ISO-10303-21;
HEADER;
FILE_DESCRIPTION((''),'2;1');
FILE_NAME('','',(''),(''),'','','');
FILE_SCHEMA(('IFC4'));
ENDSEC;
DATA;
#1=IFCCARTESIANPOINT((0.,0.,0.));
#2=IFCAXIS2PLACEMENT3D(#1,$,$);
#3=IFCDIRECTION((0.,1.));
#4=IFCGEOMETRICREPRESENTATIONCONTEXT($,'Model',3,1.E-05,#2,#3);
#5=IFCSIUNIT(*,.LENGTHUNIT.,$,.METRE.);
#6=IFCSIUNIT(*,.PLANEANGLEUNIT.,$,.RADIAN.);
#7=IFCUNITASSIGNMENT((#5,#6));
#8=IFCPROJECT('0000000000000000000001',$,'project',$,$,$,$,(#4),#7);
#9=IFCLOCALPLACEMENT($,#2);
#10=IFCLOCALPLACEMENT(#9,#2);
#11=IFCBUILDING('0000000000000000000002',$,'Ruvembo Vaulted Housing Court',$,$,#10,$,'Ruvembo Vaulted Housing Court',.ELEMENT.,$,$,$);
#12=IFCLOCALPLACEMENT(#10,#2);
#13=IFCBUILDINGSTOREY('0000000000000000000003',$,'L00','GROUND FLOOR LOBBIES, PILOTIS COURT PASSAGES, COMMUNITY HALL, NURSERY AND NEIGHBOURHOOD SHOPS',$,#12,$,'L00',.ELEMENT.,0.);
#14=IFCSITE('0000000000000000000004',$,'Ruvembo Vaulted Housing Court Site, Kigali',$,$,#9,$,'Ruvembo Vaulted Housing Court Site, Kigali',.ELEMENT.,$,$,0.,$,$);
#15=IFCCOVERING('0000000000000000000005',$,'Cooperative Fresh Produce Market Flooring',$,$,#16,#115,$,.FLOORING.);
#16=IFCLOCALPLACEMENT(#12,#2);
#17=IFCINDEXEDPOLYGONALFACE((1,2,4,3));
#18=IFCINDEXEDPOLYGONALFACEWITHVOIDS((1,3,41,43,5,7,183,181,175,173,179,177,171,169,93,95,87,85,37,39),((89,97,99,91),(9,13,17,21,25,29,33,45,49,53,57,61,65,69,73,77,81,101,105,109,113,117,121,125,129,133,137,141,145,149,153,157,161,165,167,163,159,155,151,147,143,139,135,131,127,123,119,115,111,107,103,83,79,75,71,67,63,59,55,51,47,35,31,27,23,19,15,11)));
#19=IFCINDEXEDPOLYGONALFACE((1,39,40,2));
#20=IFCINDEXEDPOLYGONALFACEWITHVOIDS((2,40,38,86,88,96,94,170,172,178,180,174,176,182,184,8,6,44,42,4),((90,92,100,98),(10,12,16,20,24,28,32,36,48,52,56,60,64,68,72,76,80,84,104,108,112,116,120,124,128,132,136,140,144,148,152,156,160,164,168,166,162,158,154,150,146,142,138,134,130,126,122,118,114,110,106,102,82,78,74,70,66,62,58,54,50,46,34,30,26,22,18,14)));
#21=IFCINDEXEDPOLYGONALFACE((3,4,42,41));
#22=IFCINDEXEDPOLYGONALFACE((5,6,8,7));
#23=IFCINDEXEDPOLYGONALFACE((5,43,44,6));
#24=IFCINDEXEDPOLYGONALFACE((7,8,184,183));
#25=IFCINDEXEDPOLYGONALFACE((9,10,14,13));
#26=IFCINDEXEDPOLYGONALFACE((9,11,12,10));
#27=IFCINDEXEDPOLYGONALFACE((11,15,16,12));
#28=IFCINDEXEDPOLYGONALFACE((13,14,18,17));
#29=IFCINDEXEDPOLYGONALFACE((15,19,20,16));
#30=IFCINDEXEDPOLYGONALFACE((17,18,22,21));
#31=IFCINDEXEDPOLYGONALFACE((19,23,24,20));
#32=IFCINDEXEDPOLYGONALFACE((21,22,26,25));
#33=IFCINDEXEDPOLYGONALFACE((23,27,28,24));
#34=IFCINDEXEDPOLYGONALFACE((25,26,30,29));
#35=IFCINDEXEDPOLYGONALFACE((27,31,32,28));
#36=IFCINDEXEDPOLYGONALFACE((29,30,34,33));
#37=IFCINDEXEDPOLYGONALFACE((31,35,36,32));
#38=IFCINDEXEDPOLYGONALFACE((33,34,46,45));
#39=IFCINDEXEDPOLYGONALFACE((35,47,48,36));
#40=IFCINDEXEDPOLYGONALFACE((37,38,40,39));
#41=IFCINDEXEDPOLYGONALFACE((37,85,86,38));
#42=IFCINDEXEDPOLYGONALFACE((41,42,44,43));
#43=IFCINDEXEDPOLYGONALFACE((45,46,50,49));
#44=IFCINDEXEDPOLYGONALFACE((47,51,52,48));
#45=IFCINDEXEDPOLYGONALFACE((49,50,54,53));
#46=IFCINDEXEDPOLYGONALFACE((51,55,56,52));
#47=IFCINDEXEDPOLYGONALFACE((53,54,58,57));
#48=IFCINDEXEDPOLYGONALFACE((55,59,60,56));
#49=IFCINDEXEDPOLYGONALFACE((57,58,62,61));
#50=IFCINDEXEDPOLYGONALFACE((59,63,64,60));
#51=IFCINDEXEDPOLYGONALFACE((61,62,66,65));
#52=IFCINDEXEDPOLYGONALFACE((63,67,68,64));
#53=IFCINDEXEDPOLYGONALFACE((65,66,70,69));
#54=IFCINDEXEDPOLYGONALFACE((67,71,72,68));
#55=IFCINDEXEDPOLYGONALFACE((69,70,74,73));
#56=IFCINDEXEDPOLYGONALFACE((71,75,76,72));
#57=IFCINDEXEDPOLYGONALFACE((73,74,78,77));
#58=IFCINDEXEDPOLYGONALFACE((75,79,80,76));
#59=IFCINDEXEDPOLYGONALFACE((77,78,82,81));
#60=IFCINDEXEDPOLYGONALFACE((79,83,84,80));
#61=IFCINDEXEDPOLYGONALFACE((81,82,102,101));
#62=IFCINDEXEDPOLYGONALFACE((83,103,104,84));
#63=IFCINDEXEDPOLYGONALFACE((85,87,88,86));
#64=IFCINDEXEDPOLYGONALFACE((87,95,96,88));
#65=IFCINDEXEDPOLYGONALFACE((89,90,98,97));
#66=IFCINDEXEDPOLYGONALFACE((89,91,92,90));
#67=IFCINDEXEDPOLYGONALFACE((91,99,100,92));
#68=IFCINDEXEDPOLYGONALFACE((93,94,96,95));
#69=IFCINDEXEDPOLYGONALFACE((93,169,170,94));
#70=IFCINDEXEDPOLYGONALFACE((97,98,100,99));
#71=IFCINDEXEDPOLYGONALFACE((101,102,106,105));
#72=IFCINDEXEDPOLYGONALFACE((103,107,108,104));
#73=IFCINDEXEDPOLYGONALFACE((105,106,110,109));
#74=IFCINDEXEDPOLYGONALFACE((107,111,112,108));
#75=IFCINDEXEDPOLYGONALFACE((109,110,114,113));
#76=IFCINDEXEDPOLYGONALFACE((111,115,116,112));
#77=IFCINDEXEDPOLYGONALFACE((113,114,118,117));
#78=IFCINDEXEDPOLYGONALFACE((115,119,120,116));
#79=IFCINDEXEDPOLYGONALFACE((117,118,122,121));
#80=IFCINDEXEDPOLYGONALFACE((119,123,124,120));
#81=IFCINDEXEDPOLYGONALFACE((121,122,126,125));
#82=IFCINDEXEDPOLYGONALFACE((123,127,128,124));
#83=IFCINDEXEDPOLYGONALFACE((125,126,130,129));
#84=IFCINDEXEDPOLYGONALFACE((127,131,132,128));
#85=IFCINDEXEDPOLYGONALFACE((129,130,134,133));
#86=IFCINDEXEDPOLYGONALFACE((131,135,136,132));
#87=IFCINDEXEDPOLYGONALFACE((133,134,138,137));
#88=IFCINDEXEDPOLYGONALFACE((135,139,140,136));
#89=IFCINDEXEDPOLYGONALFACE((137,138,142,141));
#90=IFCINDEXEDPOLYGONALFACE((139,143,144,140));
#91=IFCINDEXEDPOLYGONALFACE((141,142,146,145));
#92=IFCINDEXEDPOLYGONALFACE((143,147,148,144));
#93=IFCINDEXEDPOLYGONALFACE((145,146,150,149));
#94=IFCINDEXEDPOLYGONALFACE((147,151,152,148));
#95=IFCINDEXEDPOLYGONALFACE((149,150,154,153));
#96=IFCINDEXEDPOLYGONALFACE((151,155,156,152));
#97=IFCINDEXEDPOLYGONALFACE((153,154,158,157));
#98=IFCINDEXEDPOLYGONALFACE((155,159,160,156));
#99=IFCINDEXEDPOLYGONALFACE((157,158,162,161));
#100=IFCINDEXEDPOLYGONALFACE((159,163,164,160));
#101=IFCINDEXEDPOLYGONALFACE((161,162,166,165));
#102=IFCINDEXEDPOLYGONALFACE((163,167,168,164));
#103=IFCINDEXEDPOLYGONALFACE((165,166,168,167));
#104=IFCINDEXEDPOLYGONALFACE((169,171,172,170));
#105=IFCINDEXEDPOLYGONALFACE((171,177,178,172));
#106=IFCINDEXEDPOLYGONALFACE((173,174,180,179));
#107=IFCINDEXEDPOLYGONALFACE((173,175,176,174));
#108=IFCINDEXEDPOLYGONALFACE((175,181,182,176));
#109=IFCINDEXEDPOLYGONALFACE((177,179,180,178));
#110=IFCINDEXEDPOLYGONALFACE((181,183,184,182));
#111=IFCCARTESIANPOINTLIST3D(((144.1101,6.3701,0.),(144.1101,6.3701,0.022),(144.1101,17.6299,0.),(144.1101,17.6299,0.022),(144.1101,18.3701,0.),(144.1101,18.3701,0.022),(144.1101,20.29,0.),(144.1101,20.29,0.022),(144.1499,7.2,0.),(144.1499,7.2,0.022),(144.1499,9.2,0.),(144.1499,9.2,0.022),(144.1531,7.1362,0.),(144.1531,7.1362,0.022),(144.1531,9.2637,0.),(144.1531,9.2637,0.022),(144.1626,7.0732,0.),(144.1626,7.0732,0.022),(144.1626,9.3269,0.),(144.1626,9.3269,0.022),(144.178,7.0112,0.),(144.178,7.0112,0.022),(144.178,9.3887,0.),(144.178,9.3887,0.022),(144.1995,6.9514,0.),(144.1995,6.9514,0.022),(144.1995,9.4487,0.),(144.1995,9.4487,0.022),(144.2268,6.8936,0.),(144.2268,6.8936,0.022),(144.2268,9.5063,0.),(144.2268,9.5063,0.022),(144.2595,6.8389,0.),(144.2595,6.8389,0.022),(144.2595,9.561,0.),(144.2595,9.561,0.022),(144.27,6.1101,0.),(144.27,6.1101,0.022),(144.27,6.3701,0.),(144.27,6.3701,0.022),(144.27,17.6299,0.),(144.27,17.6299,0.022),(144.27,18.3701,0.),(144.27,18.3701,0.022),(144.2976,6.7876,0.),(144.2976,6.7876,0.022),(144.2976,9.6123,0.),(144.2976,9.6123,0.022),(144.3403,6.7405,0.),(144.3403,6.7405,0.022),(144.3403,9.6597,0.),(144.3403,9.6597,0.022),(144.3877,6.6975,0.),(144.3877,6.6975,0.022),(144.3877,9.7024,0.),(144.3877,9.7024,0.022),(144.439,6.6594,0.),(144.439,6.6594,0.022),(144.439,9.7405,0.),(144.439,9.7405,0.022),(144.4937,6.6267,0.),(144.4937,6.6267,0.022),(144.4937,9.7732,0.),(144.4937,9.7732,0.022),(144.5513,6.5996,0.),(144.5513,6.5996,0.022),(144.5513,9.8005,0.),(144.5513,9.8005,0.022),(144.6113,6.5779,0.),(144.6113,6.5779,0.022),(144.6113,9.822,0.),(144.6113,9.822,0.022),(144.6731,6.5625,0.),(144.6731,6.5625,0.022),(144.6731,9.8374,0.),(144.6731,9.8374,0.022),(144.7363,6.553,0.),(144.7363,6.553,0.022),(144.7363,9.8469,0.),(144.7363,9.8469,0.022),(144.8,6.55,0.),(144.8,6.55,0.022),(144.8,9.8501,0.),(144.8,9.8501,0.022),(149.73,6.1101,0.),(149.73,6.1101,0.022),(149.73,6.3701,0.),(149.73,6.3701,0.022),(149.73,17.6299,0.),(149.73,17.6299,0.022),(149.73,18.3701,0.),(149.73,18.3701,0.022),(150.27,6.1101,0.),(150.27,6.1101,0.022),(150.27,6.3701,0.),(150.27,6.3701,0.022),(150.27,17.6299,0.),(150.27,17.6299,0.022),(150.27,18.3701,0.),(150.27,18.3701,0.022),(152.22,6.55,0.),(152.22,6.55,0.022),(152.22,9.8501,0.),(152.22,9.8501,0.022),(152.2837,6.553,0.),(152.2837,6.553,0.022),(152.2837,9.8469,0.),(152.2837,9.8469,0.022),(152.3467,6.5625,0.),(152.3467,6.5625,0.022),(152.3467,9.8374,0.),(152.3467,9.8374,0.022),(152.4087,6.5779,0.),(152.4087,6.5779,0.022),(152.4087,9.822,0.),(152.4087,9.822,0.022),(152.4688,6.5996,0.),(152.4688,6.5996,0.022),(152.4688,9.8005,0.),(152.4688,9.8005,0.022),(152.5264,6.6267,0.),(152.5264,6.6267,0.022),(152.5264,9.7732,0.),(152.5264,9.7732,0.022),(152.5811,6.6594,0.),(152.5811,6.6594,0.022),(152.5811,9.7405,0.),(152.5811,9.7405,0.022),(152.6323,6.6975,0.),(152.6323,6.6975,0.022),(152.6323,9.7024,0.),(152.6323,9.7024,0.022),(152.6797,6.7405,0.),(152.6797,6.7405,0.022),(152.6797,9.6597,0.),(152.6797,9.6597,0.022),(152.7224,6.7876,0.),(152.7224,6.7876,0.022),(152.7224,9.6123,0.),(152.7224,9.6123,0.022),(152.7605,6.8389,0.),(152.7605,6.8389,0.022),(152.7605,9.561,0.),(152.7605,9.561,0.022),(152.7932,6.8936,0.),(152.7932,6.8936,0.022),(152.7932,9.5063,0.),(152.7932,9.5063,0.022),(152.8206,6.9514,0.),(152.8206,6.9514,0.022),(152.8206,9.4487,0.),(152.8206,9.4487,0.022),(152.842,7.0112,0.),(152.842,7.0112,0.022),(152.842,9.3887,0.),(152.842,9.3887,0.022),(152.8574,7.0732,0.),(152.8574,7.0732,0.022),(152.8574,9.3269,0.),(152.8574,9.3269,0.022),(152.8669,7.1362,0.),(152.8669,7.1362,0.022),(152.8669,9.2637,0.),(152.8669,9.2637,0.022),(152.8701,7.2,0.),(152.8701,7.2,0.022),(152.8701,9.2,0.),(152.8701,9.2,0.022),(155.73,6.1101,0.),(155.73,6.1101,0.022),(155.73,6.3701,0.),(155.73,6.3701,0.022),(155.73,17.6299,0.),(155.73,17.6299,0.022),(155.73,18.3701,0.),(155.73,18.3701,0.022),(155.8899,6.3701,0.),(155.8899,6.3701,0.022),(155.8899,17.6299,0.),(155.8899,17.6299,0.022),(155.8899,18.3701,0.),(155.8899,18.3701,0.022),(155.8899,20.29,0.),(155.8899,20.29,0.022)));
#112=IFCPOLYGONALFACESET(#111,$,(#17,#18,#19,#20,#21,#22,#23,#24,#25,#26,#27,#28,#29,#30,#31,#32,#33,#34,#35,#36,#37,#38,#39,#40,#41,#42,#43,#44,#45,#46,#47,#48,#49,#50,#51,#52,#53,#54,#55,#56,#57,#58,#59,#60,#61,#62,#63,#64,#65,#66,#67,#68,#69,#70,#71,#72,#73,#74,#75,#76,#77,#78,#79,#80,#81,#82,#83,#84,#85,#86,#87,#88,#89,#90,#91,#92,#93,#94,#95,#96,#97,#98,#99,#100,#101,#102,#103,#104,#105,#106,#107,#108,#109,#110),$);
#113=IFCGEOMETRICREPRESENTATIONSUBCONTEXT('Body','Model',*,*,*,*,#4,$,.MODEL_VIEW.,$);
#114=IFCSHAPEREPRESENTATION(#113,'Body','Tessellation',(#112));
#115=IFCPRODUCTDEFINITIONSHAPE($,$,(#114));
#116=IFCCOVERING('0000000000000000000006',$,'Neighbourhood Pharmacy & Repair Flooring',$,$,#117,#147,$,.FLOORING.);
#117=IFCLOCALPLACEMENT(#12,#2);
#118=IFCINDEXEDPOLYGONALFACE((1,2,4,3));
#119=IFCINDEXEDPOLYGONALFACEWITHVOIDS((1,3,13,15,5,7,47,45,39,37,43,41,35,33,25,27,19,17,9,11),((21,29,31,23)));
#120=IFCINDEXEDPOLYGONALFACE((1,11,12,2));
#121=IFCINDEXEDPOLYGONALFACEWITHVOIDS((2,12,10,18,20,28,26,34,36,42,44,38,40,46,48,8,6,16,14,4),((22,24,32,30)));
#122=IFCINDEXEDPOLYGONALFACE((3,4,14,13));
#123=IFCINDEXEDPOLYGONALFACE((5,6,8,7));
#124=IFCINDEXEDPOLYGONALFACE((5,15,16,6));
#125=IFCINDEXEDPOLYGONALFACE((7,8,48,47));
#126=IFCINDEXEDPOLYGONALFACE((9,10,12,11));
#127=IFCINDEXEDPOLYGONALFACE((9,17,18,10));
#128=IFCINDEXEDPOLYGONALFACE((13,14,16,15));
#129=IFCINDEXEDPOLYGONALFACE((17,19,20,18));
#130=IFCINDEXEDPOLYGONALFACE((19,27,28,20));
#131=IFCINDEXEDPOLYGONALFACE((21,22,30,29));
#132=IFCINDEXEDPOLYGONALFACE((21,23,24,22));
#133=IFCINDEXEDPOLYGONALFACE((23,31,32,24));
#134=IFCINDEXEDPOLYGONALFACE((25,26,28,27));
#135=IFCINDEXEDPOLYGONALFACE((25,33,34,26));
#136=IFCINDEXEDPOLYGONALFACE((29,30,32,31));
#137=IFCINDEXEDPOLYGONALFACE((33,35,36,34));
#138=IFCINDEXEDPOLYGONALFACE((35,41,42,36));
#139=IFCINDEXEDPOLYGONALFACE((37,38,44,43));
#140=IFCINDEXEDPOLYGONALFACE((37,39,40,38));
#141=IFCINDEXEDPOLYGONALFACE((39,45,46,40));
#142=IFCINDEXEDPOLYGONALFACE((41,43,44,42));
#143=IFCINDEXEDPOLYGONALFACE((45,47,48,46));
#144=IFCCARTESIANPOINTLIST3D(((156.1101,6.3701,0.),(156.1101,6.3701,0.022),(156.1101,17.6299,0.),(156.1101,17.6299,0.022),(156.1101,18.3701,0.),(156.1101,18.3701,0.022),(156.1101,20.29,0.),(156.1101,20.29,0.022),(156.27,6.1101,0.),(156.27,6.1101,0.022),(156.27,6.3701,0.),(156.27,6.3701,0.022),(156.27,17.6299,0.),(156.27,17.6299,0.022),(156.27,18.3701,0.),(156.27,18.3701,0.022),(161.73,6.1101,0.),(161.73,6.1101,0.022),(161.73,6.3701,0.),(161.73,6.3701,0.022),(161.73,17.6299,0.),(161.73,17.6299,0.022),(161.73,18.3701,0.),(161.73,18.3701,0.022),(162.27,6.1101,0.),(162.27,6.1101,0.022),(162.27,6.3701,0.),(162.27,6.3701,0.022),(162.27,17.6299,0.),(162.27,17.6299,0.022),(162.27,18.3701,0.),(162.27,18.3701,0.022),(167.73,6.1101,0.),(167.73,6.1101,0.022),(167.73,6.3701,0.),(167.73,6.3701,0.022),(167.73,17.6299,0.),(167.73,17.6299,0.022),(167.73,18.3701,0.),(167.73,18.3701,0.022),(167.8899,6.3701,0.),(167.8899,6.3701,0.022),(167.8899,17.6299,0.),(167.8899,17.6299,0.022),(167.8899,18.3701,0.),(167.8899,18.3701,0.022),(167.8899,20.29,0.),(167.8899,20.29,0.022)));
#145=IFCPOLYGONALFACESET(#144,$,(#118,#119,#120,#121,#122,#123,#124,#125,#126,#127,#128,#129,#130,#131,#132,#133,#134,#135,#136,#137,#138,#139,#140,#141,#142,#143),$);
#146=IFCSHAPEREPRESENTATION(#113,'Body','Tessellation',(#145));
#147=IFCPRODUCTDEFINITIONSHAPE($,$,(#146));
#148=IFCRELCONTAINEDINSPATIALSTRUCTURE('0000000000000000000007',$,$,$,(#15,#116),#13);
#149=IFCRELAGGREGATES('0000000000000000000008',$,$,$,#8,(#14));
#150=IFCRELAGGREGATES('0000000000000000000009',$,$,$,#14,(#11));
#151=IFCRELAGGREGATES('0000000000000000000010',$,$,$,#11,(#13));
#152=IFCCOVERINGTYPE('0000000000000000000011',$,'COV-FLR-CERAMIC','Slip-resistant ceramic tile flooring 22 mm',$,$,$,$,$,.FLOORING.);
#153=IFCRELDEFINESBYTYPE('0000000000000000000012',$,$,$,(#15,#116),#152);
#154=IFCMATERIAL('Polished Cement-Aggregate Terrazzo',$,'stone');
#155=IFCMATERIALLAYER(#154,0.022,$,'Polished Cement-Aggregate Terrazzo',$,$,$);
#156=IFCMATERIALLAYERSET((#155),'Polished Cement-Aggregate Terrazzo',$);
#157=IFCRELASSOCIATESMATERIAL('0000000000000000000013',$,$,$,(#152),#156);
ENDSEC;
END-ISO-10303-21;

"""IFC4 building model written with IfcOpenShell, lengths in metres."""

from ifc_helpers import new_model, si_unit, direction, origin, place, context, subcontext, project, spatial, polyline, outline, extrude, material, layer, layer_set, type_object, element, save


model = new_model("IFC4")

# Units and contexts
model_context = context("Model", 3, precision=1e-05, world=origin(), true_north=direction((0.0, 1.0)))
body_context = subcontext(model_context, "Body", "Model", "MODEL_VIEW")
ifc_project = project(units=[si_unit("LENGTHUNIT", "METRE"), si_unit("PLANEANGLEUNIT", "RADIAN")], contexts=[model_context])

# Site, building, storey
site_placement = place(None, origin())
site = spatial("IfcSite", under=ifc_project, at=site_placement, Name="Ruvembo Vaulted Housing Court Site, Kigali", LongName="Ruvembo Vaulted Housing Court Site, Kigali", CompositionType="ELEMENT", RefElevation=0.0)
building_placement = place(site_placement, origin())
building = spatial("IfcBuilding", under=site, at=building_placement, Name="Ruvembo Vaulted Housing Court", LongName="Ruvembo Vaulted Housing Court", CompositionType="ELEMENT")
storey_placement = place(building_placement, origin())
storey = spatial("IfcBuildingStorey", under=building, at=storey_placement, Name="L00", Description="GROUND FLOOR LOBBIES, PILOTIS COURT PASSAGES, COMMUNITY HALL, NURSERY AND NEIGHBOURHOOD SHOPS", LongName="L00", CompositionType="ELEMENT", Elevation=0.0)

# Coverings
ifc_material_1 = material(Name="Polished Cement-Aggregate Terrazzo", Category="stone")
ifc_layer_1 = layer(ifc_material_1, 0.022, Name="Polished Cement-Aggregate Terrazzo")
ifc_layer_set_1 = layer_set([ifc_layer_1], Name="Polished Cement-Aggregate Terrazzo")
covering_type = type_object("IfcCoveringType", Name="COV-FLR-CERAMIC", Description="Slip-resistant ceramic tile flooring 22 mm", PredefinedType="FLOORING", material=ifc_layer_set_1)
covering_1_placement = place(storey_placement, origin())
element("IfcCovering", 1, at=covering_1_placement, inside=storey, type_object=covering_type, Name="Cooperative Fresh Produce Market Flooring", PredefinedType="FLOORING", context=body_context, shape_type="SweptSolid", body=[
    extrude(outline(polyline([(144.27, 18.3701), (144.27, 17.6299), (144.1101, 17.6299), (144.1101, 6.3701), (144.27, 6.3701), (144.27, 6.1101), (149.73, 6.1101), (149.73, 6.3701), (150.27, 6.3701), (150.27, 6.1101), (155.73, 6.1101), (155.73, 6.3701), (155.8899, 6.3701), (155.8899, 17.6299), (155.73, 17.6299), (155.73, 18.3701), (155.8899, 18.3701), (155.8899, 20.29), (144.1101, 20.29), (144.1101, 18.3701), (144.27, 18.3701)]), holes=[polyline([(150.27, 17.6299), (150.27, 18.3701), (149.73, 18.3701), (149.73, 17.6299), (150.27, 17.6299)]), polyline([(152.2837, 6.553), (152.3467, 6.5625), (152.4087, 6.5779), (152.4688, 6.5996), (152.5264, 6.6267), (152.5811, 6.6594), (152.6323, 6.6975), (152.6797, 6.7405), (152.7224, 6.7876), (152.7605, 6.8389), (152.7932, 6.8936), (152.8206, 6.9514), (152.842, 7.0112), (152.8574, 7.0732), (152.8669, 7.1362), (152.8701, 7.2), (152.8701, 9.2), (152.8669, 9.2637), (152.8574, 9.3269), (152.842, 9.3887), (152.8206, 9.4487), (152.7932, 9.5063), (152.7605, 9.561), (152.7224, 9.6123), (152.6797, 9.6597), (152.6323, 9.7024), (152.5811, 9.7405), (152.5264, 9.7732), (152.4688, 9.8005), (152.4087, 9.822), (152.3467, 9.8374), (152.2837, 9.8469), (152.22, 9.8501), (144.8, 9.8501), (144.7363, 9.8469), (144.6731, 9.8374), (144.6113, 9.822), (144.5513, 9.8005), (144.4937, 9.7732), (144.439, 9.7405), (144.3877, 9.7024), (144.3403, 9.6597), (144.2976, 9.6123), (144.2595, 9.561), (144.2268, 9.5063), (144.1995, 9.4487), (144.178, 9.3887), (144.1626, 9.3269), (144.1531, 9.2637), (144.1499, 9.2), (144.1499, 7.2), (144.1531, 7.1362), (144.1626, 7.0732), (144.178, 7.0112), (144.1995, 6.9514), (144.2268, 6.8936), (144.2595, 6.8389), (144.2976, 6.7876), (144.3403, 6.7405), (144.3877, 6.6975), (144.439, 6.6594), (144.4937, 6.6267), (144.5513, 6.5996), (144.6113, 6.5779), (144.6731, 6.5625), (144.7363, 6.553), (144.8, 6.55), (152.22, 6.55), (152.2837, 6.553)])]), origin(), (0.0, 0.0, 1.0), 0.022),
])
covering_2_placement = place(storey_placement, origin())
element("IfcCovering", 2, at=covering_2_placement, inside=storey, type_object=covering_type, Name="Neighbourhood Pharmacy & Repair Flooring", PredefinedType="FLOORING", context=body_context, shape_type="SweptSolid", body=[
    extrude(outline(polyline([(156.27, 18.3701), (156.27, 17.6299), (156.1101, 17.6299), (156.1101, 6.3701), (156.27, 6.3701), (156.27, 6.1101), (161.73, 6.1101), (161.73, 6.3701), (162.27, 6.3701), (162.27, 6.1101), (167.73, 6.1101), (167.73, 6.3701), (167.8899, 6.3701), (167.8899, 17.6299), (167.73, 17.6299), (167.73, 18.3701), (167.8899, 18.3701), (167.8899, 20.29), (156.1101, 20.29), (156.1101, 18.3701), (156.27, 18.3701)]), holes=[polyline([(161.73, 17.6299), (162.27, 17.6299), (162.27, 18.3701), (161.73, 18.3701), (161.73, 17.6299)])]), origin(), (0.0, 0.0, 1.0), 0.022),
])

save(model, "model.ifc")
